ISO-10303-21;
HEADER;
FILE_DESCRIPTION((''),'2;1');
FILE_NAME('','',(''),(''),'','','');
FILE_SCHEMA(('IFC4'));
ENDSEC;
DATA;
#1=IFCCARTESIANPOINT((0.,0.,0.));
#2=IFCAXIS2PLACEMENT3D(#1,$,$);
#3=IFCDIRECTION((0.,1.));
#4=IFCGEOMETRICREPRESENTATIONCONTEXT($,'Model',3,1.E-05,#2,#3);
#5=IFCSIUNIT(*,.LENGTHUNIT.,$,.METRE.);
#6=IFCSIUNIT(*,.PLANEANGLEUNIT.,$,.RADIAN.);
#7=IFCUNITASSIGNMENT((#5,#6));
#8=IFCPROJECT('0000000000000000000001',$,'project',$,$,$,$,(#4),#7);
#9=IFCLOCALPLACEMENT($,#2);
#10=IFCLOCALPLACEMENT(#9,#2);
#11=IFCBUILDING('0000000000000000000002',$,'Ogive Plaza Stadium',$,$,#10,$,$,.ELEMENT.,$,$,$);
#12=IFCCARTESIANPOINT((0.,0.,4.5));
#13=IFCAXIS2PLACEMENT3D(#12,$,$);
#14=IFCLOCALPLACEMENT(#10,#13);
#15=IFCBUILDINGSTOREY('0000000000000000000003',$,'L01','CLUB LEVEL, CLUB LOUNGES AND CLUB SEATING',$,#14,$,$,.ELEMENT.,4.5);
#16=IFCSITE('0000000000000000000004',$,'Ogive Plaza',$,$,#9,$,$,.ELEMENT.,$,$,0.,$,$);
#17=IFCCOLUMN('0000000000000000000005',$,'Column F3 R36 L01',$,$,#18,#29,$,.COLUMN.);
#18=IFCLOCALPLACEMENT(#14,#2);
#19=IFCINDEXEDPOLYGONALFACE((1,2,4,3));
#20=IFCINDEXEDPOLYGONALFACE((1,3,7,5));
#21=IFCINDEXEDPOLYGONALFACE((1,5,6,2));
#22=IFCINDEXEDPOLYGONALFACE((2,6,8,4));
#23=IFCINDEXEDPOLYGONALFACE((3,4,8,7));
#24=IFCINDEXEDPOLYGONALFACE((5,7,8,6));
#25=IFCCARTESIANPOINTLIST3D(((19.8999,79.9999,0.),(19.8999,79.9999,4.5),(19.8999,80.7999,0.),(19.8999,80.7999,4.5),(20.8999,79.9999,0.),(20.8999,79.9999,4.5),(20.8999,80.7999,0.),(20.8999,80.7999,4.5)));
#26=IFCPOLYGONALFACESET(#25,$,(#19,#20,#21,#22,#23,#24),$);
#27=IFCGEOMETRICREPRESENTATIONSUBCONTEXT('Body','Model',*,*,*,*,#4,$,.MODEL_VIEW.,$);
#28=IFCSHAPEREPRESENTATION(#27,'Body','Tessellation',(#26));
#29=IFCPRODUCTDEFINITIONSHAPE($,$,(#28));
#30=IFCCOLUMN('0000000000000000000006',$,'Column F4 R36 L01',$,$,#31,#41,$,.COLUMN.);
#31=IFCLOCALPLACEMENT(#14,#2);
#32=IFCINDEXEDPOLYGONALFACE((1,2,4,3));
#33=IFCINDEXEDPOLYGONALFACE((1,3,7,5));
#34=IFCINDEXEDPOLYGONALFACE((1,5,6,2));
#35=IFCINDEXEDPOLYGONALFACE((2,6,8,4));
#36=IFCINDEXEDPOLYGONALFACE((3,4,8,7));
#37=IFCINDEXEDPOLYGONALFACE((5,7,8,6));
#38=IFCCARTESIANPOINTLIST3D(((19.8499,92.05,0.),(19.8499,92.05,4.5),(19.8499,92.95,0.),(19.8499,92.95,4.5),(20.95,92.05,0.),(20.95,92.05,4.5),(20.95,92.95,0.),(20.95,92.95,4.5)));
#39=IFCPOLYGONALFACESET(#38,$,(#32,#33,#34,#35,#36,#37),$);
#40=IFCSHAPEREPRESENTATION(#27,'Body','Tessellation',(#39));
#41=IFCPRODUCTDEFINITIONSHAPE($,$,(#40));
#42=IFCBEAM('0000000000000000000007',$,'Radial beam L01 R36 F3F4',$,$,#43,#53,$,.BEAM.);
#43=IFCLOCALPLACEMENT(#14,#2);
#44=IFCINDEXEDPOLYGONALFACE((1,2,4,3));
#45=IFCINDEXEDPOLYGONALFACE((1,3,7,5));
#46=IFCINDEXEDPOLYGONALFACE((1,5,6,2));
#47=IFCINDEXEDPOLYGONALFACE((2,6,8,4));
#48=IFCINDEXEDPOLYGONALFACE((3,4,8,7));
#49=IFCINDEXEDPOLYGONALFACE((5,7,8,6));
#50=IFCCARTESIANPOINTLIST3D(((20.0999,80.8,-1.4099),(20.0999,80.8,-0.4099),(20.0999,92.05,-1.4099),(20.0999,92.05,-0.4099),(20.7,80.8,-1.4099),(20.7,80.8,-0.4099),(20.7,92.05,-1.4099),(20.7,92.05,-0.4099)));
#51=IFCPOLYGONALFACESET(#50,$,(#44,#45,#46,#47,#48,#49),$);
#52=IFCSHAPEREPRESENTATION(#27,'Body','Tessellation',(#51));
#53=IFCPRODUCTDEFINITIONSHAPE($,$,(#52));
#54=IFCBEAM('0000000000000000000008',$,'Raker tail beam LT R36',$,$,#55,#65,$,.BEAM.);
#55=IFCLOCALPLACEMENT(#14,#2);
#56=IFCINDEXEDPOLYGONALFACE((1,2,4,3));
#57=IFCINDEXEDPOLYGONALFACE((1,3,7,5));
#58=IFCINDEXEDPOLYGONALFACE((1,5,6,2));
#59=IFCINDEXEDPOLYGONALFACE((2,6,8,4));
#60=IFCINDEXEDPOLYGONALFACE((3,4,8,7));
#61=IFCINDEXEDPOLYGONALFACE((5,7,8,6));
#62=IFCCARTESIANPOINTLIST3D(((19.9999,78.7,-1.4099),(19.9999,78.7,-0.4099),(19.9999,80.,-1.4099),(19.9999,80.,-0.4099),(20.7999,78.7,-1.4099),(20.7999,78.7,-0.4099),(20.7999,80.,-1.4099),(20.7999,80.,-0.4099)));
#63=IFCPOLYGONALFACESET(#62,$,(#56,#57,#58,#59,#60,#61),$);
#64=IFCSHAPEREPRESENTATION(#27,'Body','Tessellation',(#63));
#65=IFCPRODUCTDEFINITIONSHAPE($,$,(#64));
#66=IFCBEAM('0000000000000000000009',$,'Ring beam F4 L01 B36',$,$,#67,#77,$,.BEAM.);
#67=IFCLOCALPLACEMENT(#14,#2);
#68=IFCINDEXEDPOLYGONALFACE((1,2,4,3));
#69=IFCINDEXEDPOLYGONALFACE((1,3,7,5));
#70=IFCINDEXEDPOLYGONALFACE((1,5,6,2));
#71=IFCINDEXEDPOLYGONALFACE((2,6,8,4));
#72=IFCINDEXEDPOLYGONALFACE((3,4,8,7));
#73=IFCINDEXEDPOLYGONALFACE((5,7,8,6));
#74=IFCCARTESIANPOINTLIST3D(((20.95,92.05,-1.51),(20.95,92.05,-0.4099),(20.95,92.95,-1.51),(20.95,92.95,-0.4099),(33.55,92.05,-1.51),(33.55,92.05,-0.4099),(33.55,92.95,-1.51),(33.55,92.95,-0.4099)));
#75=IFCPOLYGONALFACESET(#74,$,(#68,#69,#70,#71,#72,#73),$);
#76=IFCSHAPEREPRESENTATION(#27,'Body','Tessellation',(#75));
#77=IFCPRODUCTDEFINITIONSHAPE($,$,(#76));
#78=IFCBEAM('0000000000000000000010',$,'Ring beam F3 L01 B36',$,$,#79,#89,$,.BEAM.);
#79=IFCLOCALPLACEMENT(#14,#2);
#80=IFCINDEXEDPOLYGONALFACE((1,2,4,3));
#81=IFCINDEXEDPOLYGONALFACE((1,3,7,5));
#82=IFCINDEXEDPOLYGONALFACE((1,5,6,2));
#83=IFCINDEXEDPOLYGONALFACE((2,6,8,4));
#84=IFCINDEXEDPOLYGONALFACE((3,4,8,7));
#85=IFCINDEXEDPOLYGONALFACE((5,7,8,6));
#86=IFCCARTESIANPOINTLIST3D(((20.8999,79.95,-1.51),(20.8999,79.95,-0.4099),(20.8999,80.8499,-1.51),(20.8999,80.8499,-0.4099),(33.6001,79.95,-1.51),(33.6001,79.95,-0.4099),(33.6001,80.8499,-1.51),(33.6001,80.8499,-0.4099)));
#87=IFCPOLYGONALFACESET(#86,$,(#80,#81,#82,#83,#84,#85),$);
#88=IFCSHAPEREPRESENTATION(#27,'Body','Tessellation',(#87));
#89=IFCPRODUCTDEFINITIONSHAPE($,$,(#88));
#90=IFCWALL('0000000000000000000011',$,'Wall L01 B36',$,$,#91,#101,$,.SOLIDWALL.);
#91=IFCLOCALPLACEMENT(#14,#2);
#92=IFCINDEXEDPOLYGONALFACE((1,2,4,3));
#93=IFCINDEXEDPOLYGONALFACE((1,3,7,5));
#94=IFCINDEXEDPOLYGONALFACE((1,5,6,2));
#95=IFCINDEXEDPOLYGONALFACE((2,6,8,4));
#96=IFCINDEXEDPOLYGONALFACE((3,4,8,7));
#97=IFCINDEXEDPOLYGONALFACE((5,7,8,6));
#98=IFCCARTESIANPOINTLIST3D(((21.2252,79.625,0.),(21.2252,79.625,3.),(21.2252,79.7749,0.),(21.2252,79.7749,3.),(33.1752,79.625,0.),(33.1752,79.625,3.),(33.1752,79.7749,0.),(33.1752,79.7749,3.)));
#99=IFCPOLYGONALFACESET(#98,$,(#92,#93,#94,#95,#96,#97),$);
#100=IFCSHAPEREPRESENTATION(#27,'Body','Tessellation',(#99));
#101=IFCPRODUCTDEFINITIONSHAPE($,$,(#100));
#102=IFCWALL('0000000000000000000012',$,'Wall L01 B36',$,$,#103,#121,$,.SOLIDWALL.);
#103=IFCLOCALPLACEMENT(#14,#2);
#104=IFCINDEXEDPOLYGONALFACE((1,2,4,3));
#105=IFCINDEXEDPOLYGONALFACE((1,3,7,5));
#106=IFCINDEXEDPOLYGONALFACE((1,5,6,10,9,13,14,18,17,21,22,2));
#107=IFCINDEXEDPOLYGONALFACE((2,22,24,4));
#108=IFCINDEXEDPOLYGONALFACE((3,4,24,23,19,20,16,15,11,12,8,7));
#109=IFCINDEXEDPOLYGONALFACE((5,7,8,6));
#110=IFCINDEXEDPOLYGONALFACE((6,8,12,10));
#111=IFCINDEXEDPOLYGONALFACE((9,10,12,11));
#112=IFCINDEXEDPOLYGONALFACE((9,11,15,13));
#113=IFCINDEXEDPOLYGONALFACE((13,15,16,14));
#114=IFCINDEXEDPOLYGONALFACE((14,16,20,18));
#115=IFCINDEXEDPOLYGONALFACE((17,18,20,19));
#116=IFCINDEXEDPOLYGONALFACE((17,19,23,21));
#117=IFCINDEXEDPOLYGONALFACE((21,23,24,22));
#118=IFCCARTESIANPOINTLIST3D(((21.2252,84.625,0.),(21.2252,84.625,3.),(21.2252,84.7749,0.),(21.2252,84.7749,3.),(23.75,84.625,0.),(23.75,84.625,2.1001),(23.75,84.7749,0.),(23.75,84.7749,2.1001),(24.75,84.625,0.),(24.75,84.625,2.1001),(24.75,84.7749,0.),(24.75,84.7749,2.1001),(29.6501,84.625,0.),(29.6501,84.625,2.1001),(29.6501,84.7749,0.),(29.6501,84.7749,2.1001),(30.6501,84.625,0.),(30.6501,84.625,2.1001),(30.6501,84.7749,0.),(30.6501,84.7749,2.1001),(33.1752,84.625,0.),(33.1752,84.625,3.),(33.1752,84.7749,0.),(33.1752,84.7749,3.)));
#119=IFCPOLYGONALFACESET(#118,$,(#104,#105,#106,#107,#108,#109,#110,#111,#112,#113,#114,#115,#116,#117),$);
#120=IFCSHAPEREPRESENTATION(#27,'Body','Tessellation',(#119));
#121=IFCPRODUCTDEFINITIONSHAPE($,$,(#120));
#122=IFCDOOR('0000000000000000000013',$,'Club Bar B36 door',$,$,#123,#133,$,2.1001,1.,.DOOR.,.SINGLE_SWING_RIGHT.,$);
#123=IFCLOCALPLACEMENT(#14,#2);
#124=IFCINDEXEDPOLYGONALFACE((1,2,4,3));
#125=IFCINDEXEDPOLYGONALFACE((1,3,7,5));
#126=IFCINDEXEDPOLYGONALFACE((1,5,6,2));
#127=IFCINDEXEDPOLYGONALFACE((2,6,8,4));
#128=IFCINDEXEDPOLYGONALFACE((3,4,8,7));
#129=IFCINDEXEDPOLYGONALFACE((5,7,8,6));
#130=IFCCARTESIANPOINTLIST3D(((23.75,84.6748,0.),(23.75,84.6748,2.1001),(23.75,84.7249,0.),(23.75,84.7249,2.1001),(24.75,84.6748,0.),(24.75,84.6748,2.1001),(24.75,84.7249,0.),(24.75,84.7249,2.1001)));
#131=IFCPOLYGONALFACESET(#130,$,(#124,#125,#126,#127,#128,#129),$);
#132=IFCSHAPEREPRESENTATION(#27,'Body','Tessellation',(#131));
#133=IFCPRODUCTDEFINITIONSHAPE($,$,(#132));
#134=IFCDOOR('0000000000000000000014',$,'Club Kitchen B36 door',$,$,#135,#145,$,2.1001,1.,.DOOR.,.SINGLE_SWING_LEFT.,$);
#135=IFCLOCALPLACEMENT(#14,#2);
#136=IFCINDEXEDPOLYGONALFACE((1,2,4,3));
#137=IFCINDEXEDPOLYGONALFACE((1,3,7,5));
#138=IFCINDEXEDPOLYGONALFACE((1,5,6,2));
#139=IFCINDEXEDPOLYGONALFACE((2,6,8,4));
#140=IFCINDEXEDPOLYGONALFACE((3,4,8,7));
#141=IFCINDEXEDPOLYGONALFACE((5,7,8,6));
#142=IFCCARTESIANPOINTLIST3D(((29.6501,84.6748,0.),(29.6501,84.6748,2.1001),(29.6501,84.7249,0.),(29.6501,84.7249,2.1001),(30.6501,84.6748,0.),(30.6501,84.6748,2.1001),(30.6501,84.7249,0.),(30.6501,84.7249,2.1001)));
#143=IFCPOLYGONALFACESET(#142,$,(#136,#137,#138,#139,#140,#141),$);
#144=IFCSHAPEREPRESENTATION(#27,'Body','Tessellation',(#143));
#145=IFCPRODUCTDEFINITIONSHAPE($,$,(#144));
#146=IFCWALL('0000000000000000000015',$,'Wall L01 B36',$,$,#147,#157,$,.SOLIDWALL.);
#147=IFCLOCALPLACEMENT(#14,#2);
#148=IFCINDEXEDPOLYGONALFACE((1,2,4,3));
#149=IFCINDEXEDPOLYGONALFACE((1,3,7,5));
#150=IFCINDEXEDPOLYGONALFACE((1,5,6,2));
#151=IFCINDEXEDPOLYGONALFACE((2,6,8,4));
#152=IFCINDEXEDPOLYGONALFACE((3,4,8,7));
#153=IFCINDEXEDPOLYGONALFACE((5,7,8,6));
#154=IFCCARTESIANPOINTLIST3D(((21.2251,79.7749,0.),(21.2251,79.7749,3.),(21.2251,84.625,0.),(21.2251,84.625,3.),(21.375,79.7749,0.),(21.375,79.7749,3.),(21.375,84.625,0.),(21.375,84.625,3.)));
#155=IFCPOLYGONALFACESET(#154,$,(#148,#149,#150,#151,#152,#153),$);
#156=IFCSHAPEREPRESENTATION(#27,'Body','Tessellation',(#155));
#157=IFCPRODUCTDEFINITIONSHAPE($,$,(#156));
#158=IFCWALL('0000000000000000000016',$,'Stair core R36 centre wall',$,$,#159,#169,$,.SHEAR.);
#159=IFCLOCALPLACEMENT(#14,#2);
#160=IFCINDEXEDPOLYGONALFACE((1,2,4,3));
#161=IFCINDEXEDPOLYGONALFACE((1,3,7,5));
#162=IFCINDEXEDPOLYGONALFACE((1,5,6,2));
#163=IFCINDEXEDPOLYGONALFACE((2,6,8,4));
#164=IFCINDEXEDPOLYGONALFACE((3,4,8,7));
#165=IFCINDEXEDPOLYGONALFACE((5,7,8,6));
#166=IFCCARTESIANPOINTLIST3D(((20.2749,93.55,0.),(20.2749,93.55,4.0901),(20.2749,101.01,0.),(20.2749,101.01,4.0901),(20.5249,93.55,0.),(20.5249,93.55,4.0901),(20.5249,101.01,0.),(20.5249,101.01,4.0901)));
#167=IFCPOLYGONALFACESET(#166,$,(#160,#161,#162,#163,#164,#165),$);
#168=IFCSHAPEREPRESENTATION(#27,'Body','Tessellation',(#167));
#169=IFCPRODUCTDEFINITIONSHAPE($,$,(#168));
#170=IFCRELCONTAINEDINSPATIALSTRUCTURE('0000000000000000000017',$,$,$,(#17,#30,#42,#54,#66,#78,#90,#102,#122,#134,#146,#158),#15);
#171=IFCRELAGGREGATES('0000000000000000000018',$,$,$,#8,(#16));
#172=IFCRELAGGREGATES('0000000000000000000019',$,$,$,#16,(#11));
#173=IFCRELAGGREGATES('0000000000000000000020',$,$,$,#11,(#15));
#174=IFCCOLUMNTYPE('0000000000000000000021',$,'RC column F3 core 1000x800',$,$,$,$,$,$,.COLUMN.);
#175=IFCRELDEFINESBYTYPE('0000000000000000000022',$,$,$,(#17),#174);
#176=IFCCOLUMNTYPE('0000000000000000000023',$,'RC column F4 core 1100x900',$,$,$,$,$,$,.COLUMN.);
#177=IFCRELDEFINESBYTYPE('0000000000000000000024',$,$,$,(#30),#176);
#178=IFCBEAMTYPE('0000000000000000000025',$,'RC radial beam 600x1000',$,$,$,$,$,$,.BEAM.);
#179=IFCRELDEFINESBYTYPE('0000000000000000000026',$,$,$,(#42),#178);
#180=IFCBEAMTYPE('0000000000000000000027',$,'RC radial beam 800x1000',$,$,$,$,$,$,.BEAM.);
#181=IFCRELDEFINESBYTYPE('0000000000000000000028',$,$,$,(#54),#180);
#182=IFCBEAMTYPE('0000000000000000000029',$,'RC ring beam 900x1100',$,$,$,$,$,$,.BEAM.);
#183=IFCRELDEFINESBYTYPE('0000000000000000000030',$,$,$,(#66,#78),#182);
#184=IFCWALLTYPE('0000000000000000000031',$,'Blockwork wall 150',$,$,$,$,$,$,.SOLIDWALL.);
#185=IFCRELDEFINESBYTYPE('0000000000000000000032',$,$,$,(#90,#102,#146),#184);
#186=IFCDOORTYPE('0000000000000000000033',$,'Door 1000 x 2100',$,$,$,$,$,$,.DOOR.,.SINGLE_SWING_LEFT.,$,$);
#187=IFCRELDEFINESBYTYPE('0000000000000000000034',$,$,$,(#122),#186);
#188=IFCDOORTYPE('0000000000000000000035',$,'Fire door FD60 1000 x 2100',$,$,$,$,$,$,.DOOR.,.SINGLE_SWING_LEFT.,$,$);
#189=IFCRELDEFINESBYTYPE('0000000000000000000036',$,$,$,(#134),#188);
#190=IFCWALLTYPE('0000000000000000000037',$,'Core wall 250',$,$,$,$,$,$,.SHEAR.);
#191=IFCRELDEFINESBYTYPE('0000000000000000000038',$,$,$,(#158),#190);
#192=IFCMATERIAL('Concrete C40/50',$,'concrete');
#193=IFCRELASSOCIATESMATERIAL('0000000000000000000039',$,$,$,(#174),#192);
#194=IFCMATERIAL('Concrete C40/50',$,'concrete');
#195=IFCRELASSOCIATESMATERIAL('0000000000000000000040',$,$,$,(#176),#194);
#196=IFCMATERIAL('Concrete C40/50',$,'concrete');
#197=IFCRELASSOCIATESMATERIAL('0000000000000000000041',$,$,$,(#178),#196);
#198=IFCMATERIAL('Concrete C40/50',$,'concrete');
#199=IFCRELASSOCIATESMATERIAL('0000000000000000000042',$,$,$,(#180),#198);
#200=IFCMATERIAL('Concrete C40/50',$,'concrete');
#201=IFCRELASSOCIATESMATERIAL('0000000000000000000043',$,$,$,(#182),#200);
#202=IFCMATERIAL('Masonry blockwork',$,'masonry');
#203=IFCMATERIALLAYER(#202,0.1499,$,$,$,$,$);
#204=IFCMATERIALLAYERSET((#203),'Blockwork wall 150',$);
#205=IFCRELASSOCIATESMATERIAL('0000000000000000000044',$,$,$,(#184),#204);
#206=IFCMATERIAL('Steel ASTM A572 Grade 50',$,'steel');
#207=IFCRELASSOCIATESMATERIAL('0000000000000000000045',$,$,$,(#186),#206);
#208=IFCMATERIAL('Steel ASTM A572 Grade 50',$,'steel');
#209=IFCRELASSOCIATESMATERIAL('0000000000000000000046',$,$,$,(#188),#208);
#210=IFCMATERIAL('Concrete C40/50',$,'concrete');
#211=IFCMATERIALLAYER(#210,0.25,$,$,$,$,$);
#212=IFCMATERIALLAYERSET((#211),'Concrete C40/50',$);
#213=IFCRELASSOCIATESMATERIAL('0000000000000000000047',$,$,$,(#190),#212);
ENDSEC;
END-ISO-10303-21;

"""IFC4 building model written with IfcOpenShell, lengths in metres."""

from ifc_helpers import new_model, si_unit, direction, frame, frame_2d, origin, origin_2d, place, context, subcontext, project, spatial, rectangle, extrude, material, layer, layer_set, material_profile, profile_set, type_object, element, fill, save


model = new_model("IFC4")

# Units and contexts
model_context = context("Model", 3, precision=1e-05, world=origin(), true_north=direction((0.0, 1.0)))
body_context = subcontext(model_context, "Body", "Model", "MODEL_VIEW")
ifc_project = project(units=[si_unit("LENGTHUNIT", "METRE"), si_unit("PLANEANGLEUNIT", "RADIAN")], contexts=[model_context])

# Site, building, storey
site_placement = place(None, origin())
site = spatial("IfcSite", under=ifc_project, at=site_placement, Name="Ogive Plaza", CompositionType="ELEMENT", RefElevation=0.0)
building_placement = place(site_placement, origin())
building = spatial("IfcBuilding", under=site, at=building_placement, Name="Ogive Plaza Stadium", CompositionType="ELEMENT")
storey_placement = place(building_placement, frame((0.0, 0.0, 4.5)))
storey = spatial("IfcBuildingStorey", under=building, at=storey_placement, Name="L01", Description="CLUB LEVEL, CLUB LOUNGES AND CLUB SEATING", CompositionType="ELEMENT", Elevation=4.5)

# Columns
ifc_material_1 = material(Name="Concrete C40/50", Category="concrete")
ifc_material_profile_1 = material_profile(ifc_material_1, rectangle(XDim=1.0, YDim=0.8, at=origin_2d()), Name="RC 1000x800")
ifc_profile_set_1 = profile_set([ifc_material_profile_1], Name="Concrete C40/50")
column_type_1 = type_object("IfcColumnType", Name="RC column F3 core 1000x800", PredefinedType="COLUMN", material=ifc_profile_set_1)
column_1_placement = place(storey_placement, frame((20.3999, 80.3999, 0.0), z_axis=(0.0, 0.0, 1.0), x_axis=(-1.0, 0.0, 0.0)))
element("IfcColumn", 1, at=column_1_placement, inside=storey, type_object=column_type_1, Name="Column F3 R36 L01", PredefinedType="COLUMN", context=body_context, shape_type="SweptSolid", body=[
    extrude(rectangle(XDim=1.0, YDim=0.8, at=origin_2d()), origin(), (0.0, 0.0, 1.0), 4.5),
])
ifc_material_2 = material(Name="Concrete C40/50", Category="concrete")
ifc_material_profile_2 = material_profile(ifc_material_2, rectangle(XDim=1.1001, YDim=0.8999, at=origin_2d()), Name="RC 1100x900")
ifc_profile_set_2 = profile_set([ifc_material_profile_2], Name="Concrete C40/50")
column_type_2 = type_object("IfcColumnType", Name="RC column F4 core 1100x900", PredefinedType="COLUMN", material=ifc_profile_set_2)
column_2_placement = place(storey_placement, frame((20.3999, 92.5, 0.0), z_axis=(0.0, 0.0, 1.0), x_axis=(-1.0, 0.0, 0.0)))
element("IfcColumn", 2, at=column_2_placement, inside=storey, type_object=column_type_2, Name="Column F4 R36 L01", PredefinedType="COLUMN", context=body_context, shape_type="SweptSolid", body=[
    extrude(rectangle(XDim=1.1001, YDim=0.8999, at=origin_2d()), origin(), (0.0, 0.0, 1.0), 4.5),
])

# Beams
ifc_material_3 = material(Name="Concrete C40/50", Category="concrete")
ifc_material_profile_3 = material_profile(ifc_material_3, rectangle(XDim=0.6001, YDim=1.0, at=origin_2d()), Name="RC 600x1000")
ifc_profile_set_3 = profile_set([ifc_material_profile_3], Name="Concrete C40/50")
beam_type_1 = type_object("IfcBeamType", Name="RC radial beam 600x1000", PredefinedType="BEAM", material=ifc_profile_set_3)
beam_1_placement = place(storey_placement, frame((20.3999, 80.8, -0.9099), z_axis=(0.0, 1.0, 0.0), x_axis=(-1.0, 0.0, 0.0)))
element("IfcBeam", 3, at=beam_1_placement, inside=storey, type_object=beam_type_1, Name="Radial beam L01 R36 F3F4", PredefinedType="BEAM", context=body_context, shape_type="SweptSolid", body=[
    extrude(rectangle(XDim=0.6001, YDim=1.0, at=origin_2d()), origin(), (0.0, 0.0, 1.0), 11.25),
])
ifc_material_4 = material(Name="Concrete C40/50", Category="concrete")
ifc_material_profile_4 = material_profile(ifc_material_4, rectangle(XDim=0.8, YDim=1.0, at=origin_2d()), Name="RC 800x1000")
ifc_profile_set_4 = profile_set([ifc_material_profile_4], Name="Concrete C40/50")
beam_type_2 = type_object("IfcBeamType", Name="RC radial beam 800x1000", PredefinedType="BEAM", material=ifc_profile_set_4)
beam_2_placement = place(storey_placement, frame((20.3999, 78.7, -0.9099), z_axis=(0.0, 1.0, 0.0), x_axis=(-1.0, 0.0, 0.0)))
element("IfcBeam", 4, at=beam_2_placement, inside=storey, type_object=beam_type_2, Name="Raker tail beam LT R36", PredefinedType="BEAM", context=body_context, shape_type="SweptSolid", body=[
    extrude(rectangle(XDim=0.8, YDim=1.0, at=origin_2d()), origin(), (0.0, 0.0, 1.0), 1.3),
])
ifc_material_5 = material(Name="Concrete C40/50", Category="concrete")
ifc_material_profile_5 = material_profile(ifc_material_5, rectangle(XDim=0.8999, YDim=1.1001, at=origin_2d()), Name="RC 900x1100")
ifc_profile_set_5 = profile_set([ifc_material_profile_5], Name="Concrete C40/50")
beam_type_3 = type_object("IfcBeamType", Name="RC ring beam 900x1100", PredefinedType="BEAM", material=ifc_profile_set_5)
beam_3_placement = place(storey_placement, frame((20.95, 92.5, -0.96), z_axis=(1.0, 0.0, 0.0), x_axis=(0.0, 1.0, 0.0)))
element("IfcBeam", 5, at=beam_3_placement, inside=storey, type_object=beam_type_3, Name="Ring beam F4 L01 B36", PredefinedType="BEAM", context=body_context, shape_type="SweptSolid", body=[
    extrude(rectangle(XDim=0.8999, YDim=1.1001, at=origin_2d()), origin(), (0.0, 0.0, 1.0), 12.6001),
])
beam_4_placement = place(storey_placement, frame((20.8999, 80.3999, -0.96), z_axis=(1.0, 0.0, 0.0), x_axis=(0.0, 1.0, 0.0)))
element("IfcBeam", 6, at=beam_4_placement, inside=storey, type_object=beam_type_3, Name="Ring beam F3 L01 B36", PredefinedType="BEAM", context=body_context, shape_type="SweptSolid", body=[
    extrude(rectangle(XDim=0.8999, YDim=1.1001, at=origin_2d()), origin(), (0.0, 0.0, 1.0), 12.7002),
])

# Wall
ifc_material_6 = material(Name="Masonry blockwork", Category="masonry")
ifc_layer_1 = layer(ifc_material_6, 0.1499)
ifc_layer_set_1 = layer_set([ifc_layer_1], Name="Blockwork wall 150")
wall_type_1 = type_object("IfcWallType", Name="Blockwork wall 150", PredefinedType="SOLIDWALL", material=ifc_layer_set_1)
wall_1_placement = place(storey_placement, frame((21.2251, 79.7, 0.0), z_axis=(0.0, 0.0, 1.0), x_axis=(1.0, 0.0, 0.0)))
element("IfcWall", 7, at=wall_1_placement, inside=storey, type_object=wall_type_1, Name="Wall L01 B36", PredefinedType="SOLIDWALL", context=body_context, shape_type="SweptSolid", body=[
    extrude(rectangle(XDim=11.95, YDim=0.1499, at=frame_2d((5.9751, 0.0))), origin(), (0.0, 0.0, 1.0), 3.0),
])

# Wall, openings, doors
wall_2_placement = place(storey_placement, frame((21.2251, 84.7, 0.0), z_axis=(0.0, 0.0, 1.0), x_axis=(1.0, 0.0, 0.0)))
wall_2 = element("IfcWall", 8, at=wall_2_placement, inside=storey, type_object=wall_type_1, Name="Wall L01 B36", PredefinedType="SOLIDWALL", context=body_context, shape_type="SweptSolid", body=[
    extrude(rectangle(XDim=11.95, YDim=0.1499, at=frame_2d((5.9751, 0.0))), origin(), (0.0, 0.0, 1.0), 3.0),
])
opening_1_placement = place(wall_2_placement, frame((2.5249, 0.0, 0.0)))
opening_1 = element("IfcOpeningElement", 9, at=opening_1_placement, cuts=wall_2, PredefinedType="OPENING", context=body_context, shape_type="SweptSolid", body=[
    extrude(rectangle(XDim=1.0, YDim=2.1001, at=frame_2d((0.5, 1.05))), frame((0.0, 0.075, 0.0), z_axis=(0.0, -1.0, 0.0), x_axis=(1.0, 0.0, 0.0)), (0.0, 0.0, 1.0), 0.1499),
])
opening_2_placement = place(wall_2_placement, frame((8.425, 0.0, 0.0)))
opening_2 = element("IfcOpeningElement", 10, at=opening_2_placement, cuts=wall_2, PredefinedType="OPENING", context=body_context, shape_type="SweptSolid", body=[
    extrude(rectangle(XDim=1.0, YDim=2.1001, at=frame_2d((0.5, 1.05))), frame((0.0, 0.075, 0.0), z_axis=(0.0, -1.0, 0.0), x_axis=(1.0, 0.0, 0.0)), (0.0, 0.0, 1.0), 0.1499),
])
ifc_material_7 = material(Name="Steel ASTM A572 Grade 50", Category="steel")
door_type_1 = type_object("IfcDoorType", Name="Door 1000 x 2100", OperationType="SINGLE_SWING_LEFT", PredefinedType="DOOR", material=ifc_material_7)
door_1_placement = place(opening_1_placement, origin())
door_1 = element("IfcDoor", 11, at=door_1_placement, inside=storey, type_object=door_type_1, Name="Club Bar B36 door", OperationType="SINGLE_SWING_RIGHT", OverallHeight=2.1001, OverallWidth=1.0, PredefinedType="DOOR", context=body_context, shape_type="SweptSolid", body=[
    extrude(rectangle(XDim=1.0, YDim=2.1001, at=frame_2d((0.5, 1.05))), frame((0.0, 0.0249, 0.0), z_axis=(0.0, -1.0, 0.0), x_axis=(1.0, 0.0, 0.0)), (0.0, 0.0, 1.0), 0.05),
])
fill(opening_1, door_1)
ifc_material_8 = material(Name="Steel ASTM A572 Grade 50", Category="steel")
door_type_2 = type_object("IfcDoorType", Name="Fire door FD60 1000 x 2100", OperationType="SINGLE_SWING_LEFT", PredefinedType="DOOR", material=ifc_material_8)
door_2_placement = place(opening_2_placement, origin())
door_2 = element("IfcDoor", 12, at=door_2_placement, inside=storey, type_object=door_type_2, Name="Club Kitchen B36 door", OperationType="SINGLE_SWING_LEFT", OverallHeight=2.1001, OverallWidth=1.0, PredefinedType="DOOR", context=body_context, shape_type="SweptSolid", body=[
    extrude(rectangle(XDim=1.0, YDim=2.1001, at=frame_2d((0.5, 1.05))), frame((0.0, 0.0249, 0.0), z_axis=(0.0, -1.0, 0.0), x_axis=(1.0, 0.0, 0.0)), (0.0, 0.0, 1.0), 0.05),
])
fill(opening_2, door_2)

# Walls
wall_3_placement = place(storey_placement, frame((21.3, 79.7749, 0.0), z_axis=(0.0, 0.0, 1.0), x_axis=(0.0, 1.0, 0.0)))
element("IfcWall", 13, at=wall_3_placement, inside=storey, type_object=wall_type_1, Name="Wall L01 B36", PredefinedType="SOLIDWALL", context=body_context, shape_type="SweptSolid", body=[
    extrude(rectangle(XDim=4.8501, YDim=0.1499, at=frame_2d((2.425, 0.0))), origin(), (0.0, 0.0, 1.0), 3.0),
])
ifc_material_9 = material(Name="Concrete C40/50", Category="concrete")
ifc_layer_2 = layer(ifc_material_9, 0.25)
ifc_layer_set_2 = layer_set([ifc_layer_2], Name="Concrete C40/50")
wall_type_2 = type_object("IfcWallType", Name="Core wall 250", PredefinedType="SHEAR", material=ifc_layer_set_2)
wall_4_placement = place(storey_placement, frame((20.3999, 93.55, 0.0), z_axis=(0.0, 0.0, 1.0), x_axis=(0.0, 1.0, 0.0)))
element("IfcWall", 14, at=wall_4_placement, inside=storey, type_object=wall_type_2, Name="Stair core R36 centre wall", PredefinedType="SHEAR", context=body_context, shape_type="SweptSolid", body=[
    extrude(rectangle(XDim=7.46, YDim=0.25, at=frame_2d((3.73, 0.0))), origin(), (0.0, 0.0, 1.0), 4.0901),
])

save(model, "model.ifc")
